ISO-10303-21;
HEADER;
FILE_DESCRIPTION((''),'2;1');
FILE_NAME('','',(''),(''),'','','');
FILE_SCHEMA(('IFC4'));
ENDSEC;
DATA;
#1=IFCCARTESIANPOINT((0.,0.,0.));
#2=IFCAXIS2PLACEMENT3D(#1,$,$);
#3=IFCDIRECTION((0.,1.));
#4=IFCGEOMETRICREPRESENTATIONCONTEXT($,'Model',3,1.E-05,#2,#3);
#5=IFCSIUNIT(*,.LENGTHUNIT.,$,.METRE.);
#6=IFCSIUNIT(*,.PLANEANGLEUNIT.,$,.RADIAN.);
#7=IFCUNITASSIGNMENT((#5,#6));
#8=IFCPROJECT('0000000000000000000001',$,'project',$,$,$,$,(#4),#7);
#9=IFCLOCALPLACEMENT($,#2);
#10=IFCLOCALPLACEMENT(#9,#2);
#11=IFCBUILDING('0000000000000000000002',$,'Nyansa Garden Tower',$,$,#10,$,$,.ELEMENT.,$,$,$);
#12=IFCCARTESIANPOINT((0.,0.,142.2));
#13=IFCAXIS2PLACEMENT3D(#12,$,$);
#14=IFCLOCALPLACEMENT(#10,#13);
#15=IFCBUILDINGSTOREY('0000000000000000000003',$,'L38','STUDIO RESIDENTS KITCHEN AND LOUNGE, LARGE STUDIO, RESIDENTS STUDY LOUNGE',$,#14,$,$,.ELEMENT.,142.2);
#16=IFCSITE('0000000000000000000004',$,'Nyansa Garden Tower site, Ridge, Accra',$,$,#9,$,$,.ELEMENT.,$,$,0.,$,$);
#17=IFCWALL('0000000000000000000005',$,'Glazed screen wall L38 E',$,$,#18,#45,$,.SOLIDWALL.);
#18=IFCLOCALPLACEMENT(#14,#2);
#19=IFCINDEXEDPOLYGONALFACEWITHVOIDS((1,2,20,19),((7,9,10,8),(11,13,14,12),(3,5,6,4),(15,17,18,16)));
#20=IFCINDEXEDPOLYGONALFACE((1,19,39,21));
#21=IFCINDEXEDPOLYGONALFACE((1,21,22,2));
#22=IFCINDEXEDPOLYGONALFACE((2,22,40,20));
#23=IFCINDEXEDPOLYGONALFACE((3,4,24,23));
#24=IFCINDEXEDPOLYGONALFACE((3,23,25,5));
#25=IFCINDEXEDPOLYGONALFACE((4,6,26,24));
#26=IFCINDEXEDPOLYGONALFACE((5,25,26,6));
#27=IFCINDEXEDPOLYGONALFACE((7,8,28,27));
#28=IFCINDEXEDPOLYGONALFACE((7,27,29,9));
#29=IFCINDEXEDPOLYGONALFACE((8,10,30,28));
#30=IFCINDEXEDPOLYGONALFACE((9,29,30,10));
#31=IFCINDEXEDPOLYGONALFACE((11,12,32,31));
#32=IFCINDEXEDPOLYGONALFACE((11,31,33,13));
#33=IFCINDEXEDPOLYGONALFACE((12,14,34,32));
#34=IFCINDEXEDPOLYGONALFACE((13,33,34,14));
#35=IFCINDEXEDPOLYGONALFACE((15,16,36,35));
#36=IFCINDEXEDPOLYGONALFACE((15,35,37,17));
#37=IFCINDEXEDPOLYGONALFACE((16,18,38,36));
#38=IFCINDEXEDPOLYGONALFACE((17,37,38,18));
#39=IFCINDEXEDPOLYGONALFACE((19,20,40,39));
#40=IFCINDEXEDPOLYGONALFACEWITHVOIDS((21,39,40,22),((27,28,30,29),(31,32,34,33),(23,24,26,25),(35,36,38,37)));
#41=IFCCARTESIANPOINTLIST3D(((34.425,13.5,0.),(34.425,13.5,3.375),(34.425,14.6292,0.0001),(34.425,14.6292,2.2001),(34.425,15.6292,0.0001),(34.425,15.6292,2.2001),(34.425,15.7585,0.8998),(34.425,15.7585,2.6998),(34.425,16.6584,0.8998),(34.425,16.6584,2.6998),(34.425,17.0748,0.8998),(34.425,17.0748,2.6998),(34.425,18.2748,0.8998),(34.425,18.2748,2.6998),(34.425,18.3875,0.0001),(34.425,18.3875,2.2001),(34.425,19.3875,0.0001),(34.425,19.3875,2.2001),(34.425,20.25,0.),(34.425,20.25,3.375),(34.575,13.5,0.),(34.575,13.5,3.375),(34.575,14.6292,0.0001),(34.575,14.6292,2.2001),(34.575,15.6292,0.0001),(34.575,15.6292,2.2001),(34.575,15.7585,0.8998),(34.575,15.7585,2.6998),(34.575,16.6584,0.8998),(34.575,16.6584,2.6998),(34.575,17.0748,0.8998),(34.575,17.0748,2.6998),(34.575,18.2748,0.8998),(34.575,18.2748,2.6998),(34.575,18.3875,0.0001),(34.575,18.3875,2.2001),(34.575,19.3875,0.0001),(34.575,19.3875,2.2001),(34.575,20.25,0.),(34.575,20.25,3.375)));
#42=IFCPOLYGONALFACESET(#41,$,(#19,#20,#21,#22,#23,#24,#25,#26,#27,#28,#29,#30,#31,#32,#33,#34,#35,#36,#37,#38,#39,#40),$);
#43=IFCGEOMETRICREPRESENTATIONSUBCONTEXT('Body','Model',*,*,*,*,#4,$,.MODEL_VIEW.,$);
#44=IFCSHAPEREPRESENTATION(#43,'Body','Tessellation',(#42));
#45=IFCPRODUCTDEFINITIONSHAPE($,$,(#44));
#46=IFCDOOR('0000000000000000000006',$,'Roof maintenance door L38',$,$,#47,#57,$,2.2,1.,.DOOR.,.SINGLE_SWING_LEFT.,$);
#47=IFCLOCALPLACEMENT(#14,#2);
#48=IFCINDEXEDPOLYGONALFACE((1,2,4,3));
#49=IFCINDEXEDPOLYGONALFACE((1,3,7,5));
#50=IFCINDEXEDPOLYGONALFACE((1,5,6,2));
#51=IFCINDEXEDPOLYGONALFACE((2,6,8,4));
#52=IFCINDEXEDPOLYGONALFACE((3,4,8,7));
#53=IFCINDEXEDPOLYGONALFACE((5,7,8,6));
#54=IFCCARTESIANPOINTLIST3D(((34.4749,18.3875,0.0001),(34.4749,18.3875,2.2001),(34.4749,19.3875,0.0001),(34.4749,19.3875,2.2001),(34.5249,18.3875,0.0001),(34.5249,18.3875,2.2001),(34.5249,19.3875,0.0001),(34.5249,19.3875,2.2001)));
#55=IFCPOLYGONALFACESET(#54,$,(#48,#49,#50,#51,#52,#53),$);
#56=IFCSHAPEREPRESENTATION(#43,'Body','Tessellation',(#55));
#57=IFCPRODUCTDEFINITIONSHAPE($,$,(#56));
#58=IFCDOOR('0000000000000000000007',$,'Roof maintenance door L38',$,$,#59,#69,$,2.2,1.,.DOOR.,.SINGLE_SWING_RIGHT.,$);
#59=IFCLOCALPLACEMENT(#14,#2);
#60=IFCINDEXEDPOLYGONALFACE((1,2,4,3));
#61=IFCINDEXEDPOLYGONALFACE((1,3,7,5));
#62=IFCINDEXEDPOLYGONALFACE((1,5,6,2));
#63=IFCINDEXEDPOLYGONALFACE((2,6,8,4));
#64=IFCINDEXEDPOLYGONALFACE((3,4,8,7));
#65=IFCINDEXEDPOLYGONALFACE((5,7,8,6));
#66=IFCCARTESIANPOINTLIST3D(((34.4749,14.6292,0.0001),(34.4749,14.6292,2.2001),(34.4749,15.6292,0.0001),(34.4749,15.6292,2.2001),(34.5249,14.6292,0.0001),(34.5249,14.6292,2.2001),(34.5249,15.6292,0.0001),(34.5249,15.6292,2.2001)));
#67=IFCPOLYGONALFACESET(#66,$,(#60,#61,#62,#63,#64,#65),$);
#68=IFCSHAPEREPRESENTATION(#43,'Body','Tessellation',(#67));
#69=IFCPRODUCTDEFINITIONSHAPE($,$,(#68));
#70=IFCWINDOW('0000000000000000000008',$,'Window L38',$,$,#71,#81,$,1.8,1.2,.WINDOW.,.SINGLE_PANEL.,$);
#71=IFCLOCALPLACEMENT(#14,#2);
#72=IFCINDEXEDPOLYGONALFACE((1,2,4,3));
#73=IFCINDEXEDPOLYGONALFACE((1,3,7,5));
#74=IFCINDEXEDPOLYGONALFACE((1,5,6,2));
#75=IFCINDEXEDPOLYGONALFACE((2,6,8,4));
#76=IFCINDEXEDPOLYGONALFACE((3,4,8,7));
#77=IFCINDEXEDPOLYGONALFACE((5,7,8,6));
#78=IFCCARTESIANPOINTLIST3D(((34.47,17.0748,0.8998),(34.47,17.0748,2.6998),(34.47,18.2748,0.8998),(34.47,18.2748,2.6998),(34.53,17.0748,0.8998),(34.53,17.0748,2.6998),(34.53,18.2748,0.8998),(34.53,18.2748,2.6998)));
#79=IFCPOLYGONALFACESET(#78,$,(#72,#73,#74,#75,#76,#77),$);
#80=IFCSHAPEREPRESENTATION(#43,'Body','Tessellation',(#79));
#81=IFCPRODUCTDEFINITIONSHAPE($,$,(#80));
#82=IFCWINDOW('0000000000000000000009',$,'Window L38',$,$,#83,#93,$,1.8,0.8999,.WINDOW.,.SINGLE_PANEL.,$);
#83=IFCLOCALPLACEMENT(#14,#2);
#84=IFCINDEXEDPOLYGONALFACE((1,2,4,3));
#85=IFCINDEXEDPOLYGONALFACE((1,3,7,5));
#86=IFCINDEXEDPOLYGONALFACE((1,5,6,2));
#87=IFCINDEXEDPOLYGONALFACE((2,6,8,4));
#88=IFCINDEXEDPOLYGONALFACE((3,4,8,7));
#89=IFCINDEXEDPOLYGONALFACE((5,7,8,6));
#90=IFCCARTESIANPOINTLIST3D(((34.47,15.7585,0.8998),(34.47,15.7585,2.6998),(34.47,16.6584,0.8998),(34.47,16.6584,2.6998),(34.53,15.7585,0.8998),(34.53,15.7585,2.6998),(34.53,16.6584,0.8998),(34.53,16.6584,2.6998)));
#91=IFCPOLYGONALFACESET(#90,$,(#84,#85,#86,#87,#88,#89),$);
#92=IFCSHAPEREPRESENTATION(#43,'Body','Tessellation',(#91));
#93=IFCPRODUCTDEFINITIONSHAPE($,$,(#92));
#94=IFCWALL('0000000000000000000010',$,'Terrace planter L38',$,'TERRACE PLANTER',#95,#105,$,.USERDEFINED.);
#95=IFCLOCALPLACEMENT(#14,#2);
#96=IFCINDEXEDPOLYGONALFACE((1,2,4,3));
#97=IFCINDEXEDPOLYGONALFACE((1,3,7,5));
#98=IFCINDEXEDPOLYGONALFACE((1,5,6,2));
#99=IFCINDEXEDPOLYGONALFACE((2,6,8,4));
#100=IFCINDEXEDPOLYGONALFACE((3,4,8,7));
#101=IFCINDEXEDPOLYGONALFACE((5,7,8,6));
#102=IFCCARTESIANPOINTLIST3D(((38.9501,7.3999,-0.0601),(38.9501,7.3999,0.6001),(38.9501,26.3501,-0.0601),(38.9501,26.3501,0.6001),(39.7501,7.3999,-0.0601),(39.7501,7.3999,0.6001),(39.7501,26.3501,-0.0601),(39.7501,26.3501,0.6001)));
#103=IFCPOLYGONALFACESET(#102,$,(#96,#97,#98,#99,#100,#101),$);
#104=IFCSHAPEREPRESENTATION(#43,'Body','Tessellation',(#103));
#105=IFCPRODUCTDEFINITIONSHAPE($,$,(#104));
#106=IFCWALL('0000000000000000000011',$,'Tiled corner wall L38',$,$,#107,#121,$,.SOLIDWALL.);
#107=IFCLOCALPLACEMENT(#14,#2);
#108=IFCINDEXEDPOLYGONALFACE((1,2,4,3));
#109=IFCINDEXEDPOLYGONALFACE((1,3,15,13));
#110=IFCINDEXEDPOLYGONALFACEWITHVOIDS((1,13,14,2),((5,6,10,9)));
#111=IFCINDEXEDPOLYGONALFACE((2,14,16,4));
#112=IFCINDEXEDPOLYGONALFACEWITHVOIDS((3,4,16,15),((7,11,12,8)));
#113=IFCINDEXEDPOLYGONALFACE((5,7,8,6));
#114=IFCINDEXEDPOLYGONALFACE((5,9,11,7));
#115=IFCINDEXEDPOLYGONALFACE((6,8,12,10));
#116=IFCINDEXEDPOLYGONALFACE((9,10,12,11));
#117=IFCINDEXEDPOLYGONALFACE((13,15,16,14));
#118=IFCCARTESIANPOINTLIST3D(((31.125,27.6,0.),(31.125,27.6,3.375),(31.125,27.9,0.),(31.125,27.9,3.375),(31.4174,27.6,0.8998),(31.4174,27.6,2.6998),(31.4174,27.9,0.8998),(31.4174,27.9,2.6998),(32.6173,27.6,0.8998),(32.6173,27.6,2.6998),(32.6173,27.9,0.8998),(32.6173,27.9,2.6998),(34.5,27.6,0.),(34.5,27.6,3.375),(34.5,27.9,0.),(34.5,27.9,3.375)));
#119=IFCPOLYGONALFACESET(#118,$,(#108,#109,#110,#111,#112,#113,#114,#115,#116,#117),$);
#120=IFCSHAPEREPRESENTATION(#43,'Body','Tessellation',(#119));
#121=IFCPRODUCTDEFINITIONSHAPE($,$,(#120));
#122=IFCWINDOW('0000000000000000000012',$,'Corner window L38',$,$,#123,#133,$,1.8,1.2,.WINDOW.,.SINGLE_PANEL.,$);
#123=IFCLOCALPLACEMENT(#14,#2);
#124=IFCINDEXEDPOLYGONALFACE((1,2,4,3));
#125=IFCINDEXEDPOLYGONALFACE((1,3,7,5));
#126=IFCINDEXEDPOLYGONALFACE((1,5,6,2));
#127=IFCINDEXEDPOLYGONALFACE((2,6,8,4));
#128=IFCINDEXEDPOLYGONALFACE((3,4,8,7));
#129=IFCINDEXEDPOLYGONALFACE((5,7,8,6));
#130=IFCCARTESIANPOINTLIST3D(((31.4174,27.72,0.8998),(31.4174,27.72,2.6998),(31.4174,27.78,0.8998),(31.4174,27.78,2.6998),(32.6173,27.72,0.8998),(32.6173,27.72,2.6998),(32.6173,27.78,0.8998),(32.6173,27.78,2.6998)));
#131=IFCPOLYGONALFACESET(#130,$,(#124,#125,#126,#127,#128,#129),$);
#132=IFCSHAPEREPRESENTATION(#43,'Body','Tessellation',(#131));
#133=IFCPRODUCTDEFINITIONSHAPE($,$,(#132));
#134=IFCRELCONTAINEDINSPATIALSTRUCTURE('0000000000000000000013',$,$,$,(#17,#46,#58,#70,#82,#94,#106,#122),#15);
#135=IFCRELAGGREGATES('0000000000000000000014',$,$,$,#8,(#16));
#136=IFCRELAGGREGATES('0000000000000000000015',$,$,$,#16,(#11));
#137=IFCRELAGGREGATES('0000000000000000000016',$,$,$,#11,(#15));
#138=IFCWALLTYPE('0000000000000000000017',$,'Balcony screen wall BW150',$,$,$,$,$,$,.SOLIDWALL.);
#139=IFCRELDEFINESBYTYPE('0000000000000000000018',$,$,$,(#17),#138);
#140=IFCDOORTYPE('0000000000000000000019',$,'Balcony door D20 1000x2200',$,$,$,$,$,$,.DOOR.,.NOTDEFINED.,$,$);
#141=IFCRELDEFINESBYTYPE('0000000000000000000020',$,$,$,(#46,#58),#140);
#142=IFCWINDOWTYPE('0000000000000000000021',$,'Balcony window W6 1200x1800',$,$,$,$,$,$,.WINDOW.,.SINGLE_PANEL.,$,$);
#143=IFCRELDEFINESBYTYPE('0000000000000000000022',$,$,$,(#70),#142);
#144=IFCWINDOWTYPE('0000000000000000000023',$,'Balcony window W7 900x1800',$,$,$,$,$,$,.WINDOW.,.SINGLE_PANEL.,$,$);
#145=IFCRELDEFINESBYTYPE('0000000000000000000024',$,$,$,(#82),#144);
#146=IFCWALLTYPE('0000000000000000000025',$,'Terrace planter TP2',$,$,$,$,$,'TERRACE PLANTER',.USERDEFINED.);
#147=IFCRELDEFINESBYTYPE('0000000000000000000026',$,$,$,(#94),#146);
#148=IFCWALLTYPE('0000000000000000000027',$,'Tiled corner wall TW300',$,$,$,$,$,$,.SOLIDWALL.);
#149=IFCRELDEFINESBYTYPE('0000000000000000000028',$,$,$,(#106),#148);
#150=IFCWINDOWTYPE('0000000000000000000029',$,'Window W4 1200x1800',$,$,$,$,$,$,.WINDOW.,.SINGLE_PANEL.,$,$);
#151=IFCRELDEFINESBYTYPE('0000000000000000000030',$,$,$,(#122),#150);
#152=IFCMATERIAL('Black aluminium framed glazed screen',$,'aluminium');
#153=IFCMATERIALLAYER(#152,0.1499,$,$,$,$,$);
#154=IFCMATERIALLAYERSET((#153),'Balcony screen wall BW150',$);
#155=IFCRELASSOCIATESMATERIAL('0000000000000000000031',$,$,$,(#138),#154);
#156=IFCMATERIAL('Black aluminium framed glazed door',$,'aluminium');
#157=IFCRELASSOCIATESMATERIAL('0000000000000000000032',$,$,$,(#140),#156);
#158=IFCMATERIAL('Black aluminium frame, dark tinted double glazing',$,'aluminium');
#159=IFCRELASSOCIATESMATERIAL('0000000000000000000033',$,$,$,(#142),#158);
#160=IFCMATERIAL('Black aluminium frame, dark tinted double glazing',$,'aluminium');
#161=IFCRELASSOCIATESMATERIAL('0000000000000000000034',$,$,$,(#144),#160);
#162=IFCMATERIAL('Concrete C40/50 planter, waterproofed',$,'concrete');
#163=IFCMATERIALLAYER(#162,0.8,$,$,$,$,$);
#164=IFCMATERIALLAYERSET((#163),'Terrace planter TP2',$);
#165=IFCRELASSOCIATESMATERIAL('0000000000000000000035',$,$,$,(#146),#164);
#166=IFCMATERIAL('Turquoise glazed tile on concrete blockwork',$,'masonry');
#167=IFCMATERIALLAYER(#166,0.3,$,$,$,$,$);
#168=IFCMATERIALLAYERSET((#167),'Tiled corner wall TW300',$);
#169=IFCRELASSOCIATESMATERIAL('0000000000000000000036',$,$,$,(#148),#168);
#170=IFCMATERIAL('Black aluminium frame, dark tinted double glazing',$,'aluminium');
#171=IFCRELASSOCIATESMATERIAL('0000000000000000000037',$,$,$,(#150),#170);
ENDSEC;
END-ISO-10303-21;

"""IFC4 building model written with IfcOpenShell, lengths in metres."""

from ifc_helpers import new_model, si_unit, direction, frame, frame_2d, origin, place, context, subcontext, project, spatial, rectangle, extrude, material, layer, layer_set, type_object, element, fill, save


model = new_model("IFC4")

# Units and contexts
model_context = context("Model", 3, precision=1e-05, world=origin(), true_north=direction((0.0, 1.0)))
body_context = subcontext(model_context, "Body", "Model", "MODEL_VIEW")
ifc_project = project(units=[si_unit("LENGTHUNIT", "METRE"), si_unit("PLANEANGLEUNIT", "RADIAN")], contexts=[model_context])

# Site, building, storey
site_placement = place(None, origin())
site = spatial("IfcSite", under=ifc_project, at=site_placement, Name="Nyansa Garden Tower site, Ridge, Accra", CompositionType="ELEMENT", RefElevation=0.0)
building_placement = place(site_placement, origin())
building = spatial("IfcBuilding", under=site, at=building_placement, Name="Nyansa Garden Tower", CompositionType="ELEMENT")
storey_placement = place(building_placement, frame((0.0, 0.0, 142.2)))
storey = spatial("IfcBuildingStorey", under=building, at=storey_placement, Name="L38", Description="STUDIO RESIDENTS KITCHEN AND LOUNGE, LARGE STUDIO, RESIDENTS STUDY LOUNGE", CompositionType="ELEMENT", Elevation=142.2)

# Wall, openings, doors, windows
ifc_material_1 = material(Name="Black aluminium framed glazed screen", Category="aluminium")
ifc_layer_1 = layer(ifc_material_1, 0.1499)
ifc_layer_set_1 = layer_set([ifc_layer_1], Name="Balcony screen wall BW150")
wall_type_1 = type_object("IfcWallType", Name="Balcony screen wall BW150", PredefinedType="SOLIDWALL", material=ifc_layer_set_1)
wall_1_placement = place(storey_placement, frame((34.5, 20.25, 0.0), z_axis=(0.0, 0.0, 1.0), x_axis=(0.0, -1.0, 0.0)))
wall_1 = element("IfcWall", 1, at=wall_1_placement, inside=storey, type_object=wall_type_1, Name="Glazed screen wall L38 E", PredefinedType="SOLIDWALL", context=body_context, shape_type="SweptSolid", body=[
    extrude(rectangle(XDim=6.75, YDim=0.1499, at=frame_2d((3.375, 0.0))), origin(), (0.0, 0.0, 1.0), 3.375),
])
opening_1_placement = place(wall_1_placement, frame((0.8625, 0.0, 0.0)))
opening_1 = element("IfcOpeningElement", 2, at=opening_1_placement, cuts=wall_1, PredefinedType="OPENING", context=body_context, shape_type="SweptSolid", body=[
    extrude(rectangle(XDim=1.0, YDim=2.2, at=frame_2d((0.5, 1.1001))), frame((0.0, 0.085, 0.0), z_axis=(0.0, -1.0, 0.0), x_axis=(1.0, 0.0, 0.0)), (0.0, 0.0, 1.0), 0.1699),
])
opening_2_placement = place(wall_1_placement, frame((1.9751, 0.0, 0.8999)))
opening_2 = element("IfcOpeningElement", 3, at=opening_2_placement, cuts=wall_1, PredefinedType="OPENING", context=body_context, shape_type="SweptSolid", body=[
    extrude(rectangle(XDim=1.2, YDim=1.8, at=frame_2d((0.6001, 0.8999))), frame((0.0, 0.085, 0.0), z_axis=(0.0, -1.0, 0.0), x_axis=(1.0, 0.0, 0.0)), (0.0, 0.0, 1.0), 0.1699),
])
opening_3_placement = place(wall_1_placement, frame((4.6208, 0.0, 0.0)))
opening_3 = element("IfcOpeningElement", 4, at=opening_3_placement, cuts=wall_1, PredefinedType="OPENING", context=body_context, shape_type="SweptSolid", body=[
    extrude(rectangle(XDim=1.0, YDim=2.2, at=frame_2d((0.5, 1.1001))), frame((0.0, 0.085, 0.0), z_axis=(0.0, -1.0, 0.0), x_axis=(1.0, 0.0, 0.0)), (0.0, 0.0, 1.0), 0.1699),
])
opening_4_placement = place(wall_1_placement, frame((3.5916, 0.0, 0.8999)))
opening_4 = element("IfcOpeningElement", 5, at=opening_4_placement, cuts=wall_1, PredefinedType="OPENING", context=body_context, shape_type="SweptSolid", body=[
    extrude(rectangle(XDim=0.8999, YDim=1.8, at=frame_2d((0.45, 0.8999))), frame((0.0, 0.085, 0.0), z_axis=(0.0, -1.0, 0.0), x_axis=(1.0, 0.0, 0.0)), (0.0, 0.0, 1.0), 0.1699),
])
ifc_material_2 = material(Name="Black aluminium framed glazed door", Category="aluminium")
door_type_1 = type_object("IfcDoorType", Name="Balcony door D20 1000x2200", OperationType="NOTDEFINED", PredefinedType="DOOR", material=ifc_material_2)
door_1_placement = place(opening_1_placement, origin())
door_1 = element("IfcDoor", 6, at=door_1_placement, inside=storey, type_object=door_type_1, Name="Roof maintenance door L38", OperationType="SINGLE_SWING_LEFT", OverallHeight=2.2, OverallWidth=1.0, PredefinedType="DOOR", context=body_context, shape_type="SweptSolid", body=[
    extrude(rectangle(XDim=1.0, YDim=2.2, at=frame_2d((0.5, 1.1001))), frame((0.0, 0.0249, 0.0), z_axis=(0.0, -1.0, 0.0), x_axis=(1.0, 0.0, 0.0)), (0.0, 0.0, 1.0), 0.05),
])
fill(opening_1, door_1)
door_2_placement = place(opening_3_placement, origin())
door_2 = element("IfcDoor", 7, at=door_2_placement, inside=storey, type_object=door_type_1, Name="Roof maintenance door L38", OperationType="SINGLE_SWING_RIGHT", OverallHeight=2.2, OverallWidth=1.0, PredefinedType="DOOR", context=body_context, shape_type="SweptSolid", body=[
    extrude(rectangle(XDim=1.0, YDim=2.2, at=frame_2d((0.5, 1.1001))), frame((0.0, 0.0249, 0.0), z_axis=(0.0, -1.0, 0.0), x_axis=(1.0, 0.0, 0.0)), (0.0, 0.0, 1.0), 0.05),
])
fill(opening_3, door_2)
ifc_material_3 = material(Name="Black aluminium frame, dark tinted double glazing", Category="aluminium")
window_type_1 = type_object("IfcWindowType", Name="Balcony window W6 1200x1800", PartitioningType="SINGLE_PANEL", PredefinedType="WINDOW", material=ifc_material_3)
window_1_placement = place(opening_2_placement, origin())
window_1 = element("IfcWindow", 8, at=window_1_placement, inside=storey, type_object=window_type_1, Name="Window L38", OverallHeight=1.8, OverallWidth=1.2, PartitioningType="SINGLE_PANEL", PredefinedType="WINDOW", context=body_context, shape_type="SweptSolid", body=[
    extrude(rectangle(XDim=1.2, YDim=1.8, at=frame_2d((0.6001, 0.8999))), frame((0.0, 0.03, 0.0), z_axis=(0.0, -1.0, 0.0), x_axis=(1.0, 0.0, 0.0)), (0.0, 0.0, 1.0), 0.0601),
])
fill(opening_2, window_1)
ifc_material_4 = material(Name="Black aluminium frame, dark tinted double glazing", Category="aluminium")
window_type_2 = type_object("IfcWindowType", Name="Balcony window W7 900x1800", PartitioningType="SINGLE_PANEL", PredefinedType="WINDOW", material=ifc_material_4)
window_2_placement = place(opening_4_placement, origin())
window_2 = element("IfcWindow", 9, at=window_2_placement, inside=storey, type_object=window_type_2, Name="Window L38", OverallHeight=1.8, OverallWidth=0.8999, PartitioningType="SINGLE_PANEL", PredefinedType="WINDOW", context=body_context, shape_type="SweptSolid", body=[
    extrude(rectangle(XDim=0.8999, YDim=1.8, at=frame_2d((0.45, 0.8999))), frame((0.0, 0.03, 0.0), z_axis=(0.0, -1.0, 0.0), x_axis=(1.0, 0.0, 0.0)), (0.0, 0.0, 1.0), 0.0601),
])
fill(opening_4, window_2)

# Wall
ifc_material_5 = material(Name="Concrete C40/50 planter, waterproofed", Category="concrete")
ifc_layer_2 = layer(ifc_material_5, 0.8)
ifc_layer_set_2 = layer_set([ifc_layer_2], Name="Terrace planter TP2")
wall_type_2 = type_object("IfcWallType", Name="Terrace planter TP2", ElementType="TERRACE PLANTER", PredefinedType="USERDEFINED", material=ifc_layer_set_2)
wall_2_placement = place(storey_placement, frame((39.3501, 26.3501, -0.0601), z_axis=(0.0, 0.0, 1.0), x_axis=(0.0, -1.0, 0.0)))
element("IfcWall", 10, at=wall_2_placement, inside=storey, type_object=wall_type_2, Name="Terrace planter L38", ObjectType="TERRACE PLANTER", PredefinedType="USERDEFINED", context=body_context, shape_type="SweptSolid", body=[
    extrude(rectangle(XDim=18.9502, YDim=0.8, at=frame_2d((9.4751, 0.0))), origin(), (0.0, 0.0, 1.0), 0.6602),
])

# Wall, opening, window
ifc_material_6 = material(Name="Turquoise glazed tile on concrete blockwork", Category="masonry")
ifc_layer_3 = layer(ifc_material_6, 0.3)
ifc_layer_set_3 = layer_set([ifc_layer_3], Name="Tiled corner wall TW300")
wall_type_3 = type_object("IfcWallType", Name="Tiled corner wall TW300", PredefinedType="SOLIDWALL", material=ifc_layer_set_3)
wall_3_placement = place(storey_placement, frame((34.5, 27.75, 0.0), z_axis=(0.0, 0.0, 1.0), x_axis=(-1.0, 0.0, 0.0)))
wall_3 = element("IfcWall", 11, at=wall_3_placement, inside=storey, type_object=wall_type_3, Name="Tiled corner wall L38", PredefinedType="SOLIDWALL", context=body_context, shape_type="SweptSolid", body=[
    extrude(rectangle(XDim=3.375, YDim=0.3, at=frame_2d((1.6875, 0.0))), origin(), (0.0, 0.0, 1.0), 3.375),
])
opening_5_placement = place(wall_3_placement, frame((1.8826, 0.0, 0.8999)))
opening_5 = element("IfcOpeningElement", 12, at=opening_5_placement, cuts=wall_3, PredefinedType="OPENING", context=body_context, shape_type="SweptSolid", body=[
    extrude(rectangle(XDim=1.2, YDim=1.8, at=frame_2d((0.6001, 0.8999))), frame((0.0, 0.1599, 0.0), z_axis=(0.0, -1.0, 0.0), x_axis=(1.0, 0.0, 0.0)), (0.0, 0.0, 1.0), 0.3201),
])
ifc_material_7 = material(Name="Black aluminium frame, dark tinted double glazing", Category="aluminium")
window_type_3 = type_object("IfcWindowType", Name="Window W4 1200x1800", PartitioningType="SINGLE_PANEL", PredefinedType="WINDOW", material=ifc_material_7)
window_3_placement = place(opening_5_placement, origin())
window_3 = element("IfcWindow", 13, at=window_3_placement, inside=storey, type_object=window_type_3, Name="Corner window L38", OverallHeight=1.8, OverallWidth=1.2, PartitioningType="SINGLE_PANEL", PredefinedType="WINDOW", context=body_context, shape_type="SweptSolid", body=[
    extrude(rectangle(XDim=1.2, YDim=1.8, at=frame_2d((0.6001, 0.8999))), frame((0.0, 0.03, 0.0), z_axis=(0.0, -1.0, 0.0), x_axis=(1.0, 0.0, 0.0)), (0.0, 0.0, 1.0), 0.0601),
])
fill(opening_5, window_3)

save(model, "model.ifc")
